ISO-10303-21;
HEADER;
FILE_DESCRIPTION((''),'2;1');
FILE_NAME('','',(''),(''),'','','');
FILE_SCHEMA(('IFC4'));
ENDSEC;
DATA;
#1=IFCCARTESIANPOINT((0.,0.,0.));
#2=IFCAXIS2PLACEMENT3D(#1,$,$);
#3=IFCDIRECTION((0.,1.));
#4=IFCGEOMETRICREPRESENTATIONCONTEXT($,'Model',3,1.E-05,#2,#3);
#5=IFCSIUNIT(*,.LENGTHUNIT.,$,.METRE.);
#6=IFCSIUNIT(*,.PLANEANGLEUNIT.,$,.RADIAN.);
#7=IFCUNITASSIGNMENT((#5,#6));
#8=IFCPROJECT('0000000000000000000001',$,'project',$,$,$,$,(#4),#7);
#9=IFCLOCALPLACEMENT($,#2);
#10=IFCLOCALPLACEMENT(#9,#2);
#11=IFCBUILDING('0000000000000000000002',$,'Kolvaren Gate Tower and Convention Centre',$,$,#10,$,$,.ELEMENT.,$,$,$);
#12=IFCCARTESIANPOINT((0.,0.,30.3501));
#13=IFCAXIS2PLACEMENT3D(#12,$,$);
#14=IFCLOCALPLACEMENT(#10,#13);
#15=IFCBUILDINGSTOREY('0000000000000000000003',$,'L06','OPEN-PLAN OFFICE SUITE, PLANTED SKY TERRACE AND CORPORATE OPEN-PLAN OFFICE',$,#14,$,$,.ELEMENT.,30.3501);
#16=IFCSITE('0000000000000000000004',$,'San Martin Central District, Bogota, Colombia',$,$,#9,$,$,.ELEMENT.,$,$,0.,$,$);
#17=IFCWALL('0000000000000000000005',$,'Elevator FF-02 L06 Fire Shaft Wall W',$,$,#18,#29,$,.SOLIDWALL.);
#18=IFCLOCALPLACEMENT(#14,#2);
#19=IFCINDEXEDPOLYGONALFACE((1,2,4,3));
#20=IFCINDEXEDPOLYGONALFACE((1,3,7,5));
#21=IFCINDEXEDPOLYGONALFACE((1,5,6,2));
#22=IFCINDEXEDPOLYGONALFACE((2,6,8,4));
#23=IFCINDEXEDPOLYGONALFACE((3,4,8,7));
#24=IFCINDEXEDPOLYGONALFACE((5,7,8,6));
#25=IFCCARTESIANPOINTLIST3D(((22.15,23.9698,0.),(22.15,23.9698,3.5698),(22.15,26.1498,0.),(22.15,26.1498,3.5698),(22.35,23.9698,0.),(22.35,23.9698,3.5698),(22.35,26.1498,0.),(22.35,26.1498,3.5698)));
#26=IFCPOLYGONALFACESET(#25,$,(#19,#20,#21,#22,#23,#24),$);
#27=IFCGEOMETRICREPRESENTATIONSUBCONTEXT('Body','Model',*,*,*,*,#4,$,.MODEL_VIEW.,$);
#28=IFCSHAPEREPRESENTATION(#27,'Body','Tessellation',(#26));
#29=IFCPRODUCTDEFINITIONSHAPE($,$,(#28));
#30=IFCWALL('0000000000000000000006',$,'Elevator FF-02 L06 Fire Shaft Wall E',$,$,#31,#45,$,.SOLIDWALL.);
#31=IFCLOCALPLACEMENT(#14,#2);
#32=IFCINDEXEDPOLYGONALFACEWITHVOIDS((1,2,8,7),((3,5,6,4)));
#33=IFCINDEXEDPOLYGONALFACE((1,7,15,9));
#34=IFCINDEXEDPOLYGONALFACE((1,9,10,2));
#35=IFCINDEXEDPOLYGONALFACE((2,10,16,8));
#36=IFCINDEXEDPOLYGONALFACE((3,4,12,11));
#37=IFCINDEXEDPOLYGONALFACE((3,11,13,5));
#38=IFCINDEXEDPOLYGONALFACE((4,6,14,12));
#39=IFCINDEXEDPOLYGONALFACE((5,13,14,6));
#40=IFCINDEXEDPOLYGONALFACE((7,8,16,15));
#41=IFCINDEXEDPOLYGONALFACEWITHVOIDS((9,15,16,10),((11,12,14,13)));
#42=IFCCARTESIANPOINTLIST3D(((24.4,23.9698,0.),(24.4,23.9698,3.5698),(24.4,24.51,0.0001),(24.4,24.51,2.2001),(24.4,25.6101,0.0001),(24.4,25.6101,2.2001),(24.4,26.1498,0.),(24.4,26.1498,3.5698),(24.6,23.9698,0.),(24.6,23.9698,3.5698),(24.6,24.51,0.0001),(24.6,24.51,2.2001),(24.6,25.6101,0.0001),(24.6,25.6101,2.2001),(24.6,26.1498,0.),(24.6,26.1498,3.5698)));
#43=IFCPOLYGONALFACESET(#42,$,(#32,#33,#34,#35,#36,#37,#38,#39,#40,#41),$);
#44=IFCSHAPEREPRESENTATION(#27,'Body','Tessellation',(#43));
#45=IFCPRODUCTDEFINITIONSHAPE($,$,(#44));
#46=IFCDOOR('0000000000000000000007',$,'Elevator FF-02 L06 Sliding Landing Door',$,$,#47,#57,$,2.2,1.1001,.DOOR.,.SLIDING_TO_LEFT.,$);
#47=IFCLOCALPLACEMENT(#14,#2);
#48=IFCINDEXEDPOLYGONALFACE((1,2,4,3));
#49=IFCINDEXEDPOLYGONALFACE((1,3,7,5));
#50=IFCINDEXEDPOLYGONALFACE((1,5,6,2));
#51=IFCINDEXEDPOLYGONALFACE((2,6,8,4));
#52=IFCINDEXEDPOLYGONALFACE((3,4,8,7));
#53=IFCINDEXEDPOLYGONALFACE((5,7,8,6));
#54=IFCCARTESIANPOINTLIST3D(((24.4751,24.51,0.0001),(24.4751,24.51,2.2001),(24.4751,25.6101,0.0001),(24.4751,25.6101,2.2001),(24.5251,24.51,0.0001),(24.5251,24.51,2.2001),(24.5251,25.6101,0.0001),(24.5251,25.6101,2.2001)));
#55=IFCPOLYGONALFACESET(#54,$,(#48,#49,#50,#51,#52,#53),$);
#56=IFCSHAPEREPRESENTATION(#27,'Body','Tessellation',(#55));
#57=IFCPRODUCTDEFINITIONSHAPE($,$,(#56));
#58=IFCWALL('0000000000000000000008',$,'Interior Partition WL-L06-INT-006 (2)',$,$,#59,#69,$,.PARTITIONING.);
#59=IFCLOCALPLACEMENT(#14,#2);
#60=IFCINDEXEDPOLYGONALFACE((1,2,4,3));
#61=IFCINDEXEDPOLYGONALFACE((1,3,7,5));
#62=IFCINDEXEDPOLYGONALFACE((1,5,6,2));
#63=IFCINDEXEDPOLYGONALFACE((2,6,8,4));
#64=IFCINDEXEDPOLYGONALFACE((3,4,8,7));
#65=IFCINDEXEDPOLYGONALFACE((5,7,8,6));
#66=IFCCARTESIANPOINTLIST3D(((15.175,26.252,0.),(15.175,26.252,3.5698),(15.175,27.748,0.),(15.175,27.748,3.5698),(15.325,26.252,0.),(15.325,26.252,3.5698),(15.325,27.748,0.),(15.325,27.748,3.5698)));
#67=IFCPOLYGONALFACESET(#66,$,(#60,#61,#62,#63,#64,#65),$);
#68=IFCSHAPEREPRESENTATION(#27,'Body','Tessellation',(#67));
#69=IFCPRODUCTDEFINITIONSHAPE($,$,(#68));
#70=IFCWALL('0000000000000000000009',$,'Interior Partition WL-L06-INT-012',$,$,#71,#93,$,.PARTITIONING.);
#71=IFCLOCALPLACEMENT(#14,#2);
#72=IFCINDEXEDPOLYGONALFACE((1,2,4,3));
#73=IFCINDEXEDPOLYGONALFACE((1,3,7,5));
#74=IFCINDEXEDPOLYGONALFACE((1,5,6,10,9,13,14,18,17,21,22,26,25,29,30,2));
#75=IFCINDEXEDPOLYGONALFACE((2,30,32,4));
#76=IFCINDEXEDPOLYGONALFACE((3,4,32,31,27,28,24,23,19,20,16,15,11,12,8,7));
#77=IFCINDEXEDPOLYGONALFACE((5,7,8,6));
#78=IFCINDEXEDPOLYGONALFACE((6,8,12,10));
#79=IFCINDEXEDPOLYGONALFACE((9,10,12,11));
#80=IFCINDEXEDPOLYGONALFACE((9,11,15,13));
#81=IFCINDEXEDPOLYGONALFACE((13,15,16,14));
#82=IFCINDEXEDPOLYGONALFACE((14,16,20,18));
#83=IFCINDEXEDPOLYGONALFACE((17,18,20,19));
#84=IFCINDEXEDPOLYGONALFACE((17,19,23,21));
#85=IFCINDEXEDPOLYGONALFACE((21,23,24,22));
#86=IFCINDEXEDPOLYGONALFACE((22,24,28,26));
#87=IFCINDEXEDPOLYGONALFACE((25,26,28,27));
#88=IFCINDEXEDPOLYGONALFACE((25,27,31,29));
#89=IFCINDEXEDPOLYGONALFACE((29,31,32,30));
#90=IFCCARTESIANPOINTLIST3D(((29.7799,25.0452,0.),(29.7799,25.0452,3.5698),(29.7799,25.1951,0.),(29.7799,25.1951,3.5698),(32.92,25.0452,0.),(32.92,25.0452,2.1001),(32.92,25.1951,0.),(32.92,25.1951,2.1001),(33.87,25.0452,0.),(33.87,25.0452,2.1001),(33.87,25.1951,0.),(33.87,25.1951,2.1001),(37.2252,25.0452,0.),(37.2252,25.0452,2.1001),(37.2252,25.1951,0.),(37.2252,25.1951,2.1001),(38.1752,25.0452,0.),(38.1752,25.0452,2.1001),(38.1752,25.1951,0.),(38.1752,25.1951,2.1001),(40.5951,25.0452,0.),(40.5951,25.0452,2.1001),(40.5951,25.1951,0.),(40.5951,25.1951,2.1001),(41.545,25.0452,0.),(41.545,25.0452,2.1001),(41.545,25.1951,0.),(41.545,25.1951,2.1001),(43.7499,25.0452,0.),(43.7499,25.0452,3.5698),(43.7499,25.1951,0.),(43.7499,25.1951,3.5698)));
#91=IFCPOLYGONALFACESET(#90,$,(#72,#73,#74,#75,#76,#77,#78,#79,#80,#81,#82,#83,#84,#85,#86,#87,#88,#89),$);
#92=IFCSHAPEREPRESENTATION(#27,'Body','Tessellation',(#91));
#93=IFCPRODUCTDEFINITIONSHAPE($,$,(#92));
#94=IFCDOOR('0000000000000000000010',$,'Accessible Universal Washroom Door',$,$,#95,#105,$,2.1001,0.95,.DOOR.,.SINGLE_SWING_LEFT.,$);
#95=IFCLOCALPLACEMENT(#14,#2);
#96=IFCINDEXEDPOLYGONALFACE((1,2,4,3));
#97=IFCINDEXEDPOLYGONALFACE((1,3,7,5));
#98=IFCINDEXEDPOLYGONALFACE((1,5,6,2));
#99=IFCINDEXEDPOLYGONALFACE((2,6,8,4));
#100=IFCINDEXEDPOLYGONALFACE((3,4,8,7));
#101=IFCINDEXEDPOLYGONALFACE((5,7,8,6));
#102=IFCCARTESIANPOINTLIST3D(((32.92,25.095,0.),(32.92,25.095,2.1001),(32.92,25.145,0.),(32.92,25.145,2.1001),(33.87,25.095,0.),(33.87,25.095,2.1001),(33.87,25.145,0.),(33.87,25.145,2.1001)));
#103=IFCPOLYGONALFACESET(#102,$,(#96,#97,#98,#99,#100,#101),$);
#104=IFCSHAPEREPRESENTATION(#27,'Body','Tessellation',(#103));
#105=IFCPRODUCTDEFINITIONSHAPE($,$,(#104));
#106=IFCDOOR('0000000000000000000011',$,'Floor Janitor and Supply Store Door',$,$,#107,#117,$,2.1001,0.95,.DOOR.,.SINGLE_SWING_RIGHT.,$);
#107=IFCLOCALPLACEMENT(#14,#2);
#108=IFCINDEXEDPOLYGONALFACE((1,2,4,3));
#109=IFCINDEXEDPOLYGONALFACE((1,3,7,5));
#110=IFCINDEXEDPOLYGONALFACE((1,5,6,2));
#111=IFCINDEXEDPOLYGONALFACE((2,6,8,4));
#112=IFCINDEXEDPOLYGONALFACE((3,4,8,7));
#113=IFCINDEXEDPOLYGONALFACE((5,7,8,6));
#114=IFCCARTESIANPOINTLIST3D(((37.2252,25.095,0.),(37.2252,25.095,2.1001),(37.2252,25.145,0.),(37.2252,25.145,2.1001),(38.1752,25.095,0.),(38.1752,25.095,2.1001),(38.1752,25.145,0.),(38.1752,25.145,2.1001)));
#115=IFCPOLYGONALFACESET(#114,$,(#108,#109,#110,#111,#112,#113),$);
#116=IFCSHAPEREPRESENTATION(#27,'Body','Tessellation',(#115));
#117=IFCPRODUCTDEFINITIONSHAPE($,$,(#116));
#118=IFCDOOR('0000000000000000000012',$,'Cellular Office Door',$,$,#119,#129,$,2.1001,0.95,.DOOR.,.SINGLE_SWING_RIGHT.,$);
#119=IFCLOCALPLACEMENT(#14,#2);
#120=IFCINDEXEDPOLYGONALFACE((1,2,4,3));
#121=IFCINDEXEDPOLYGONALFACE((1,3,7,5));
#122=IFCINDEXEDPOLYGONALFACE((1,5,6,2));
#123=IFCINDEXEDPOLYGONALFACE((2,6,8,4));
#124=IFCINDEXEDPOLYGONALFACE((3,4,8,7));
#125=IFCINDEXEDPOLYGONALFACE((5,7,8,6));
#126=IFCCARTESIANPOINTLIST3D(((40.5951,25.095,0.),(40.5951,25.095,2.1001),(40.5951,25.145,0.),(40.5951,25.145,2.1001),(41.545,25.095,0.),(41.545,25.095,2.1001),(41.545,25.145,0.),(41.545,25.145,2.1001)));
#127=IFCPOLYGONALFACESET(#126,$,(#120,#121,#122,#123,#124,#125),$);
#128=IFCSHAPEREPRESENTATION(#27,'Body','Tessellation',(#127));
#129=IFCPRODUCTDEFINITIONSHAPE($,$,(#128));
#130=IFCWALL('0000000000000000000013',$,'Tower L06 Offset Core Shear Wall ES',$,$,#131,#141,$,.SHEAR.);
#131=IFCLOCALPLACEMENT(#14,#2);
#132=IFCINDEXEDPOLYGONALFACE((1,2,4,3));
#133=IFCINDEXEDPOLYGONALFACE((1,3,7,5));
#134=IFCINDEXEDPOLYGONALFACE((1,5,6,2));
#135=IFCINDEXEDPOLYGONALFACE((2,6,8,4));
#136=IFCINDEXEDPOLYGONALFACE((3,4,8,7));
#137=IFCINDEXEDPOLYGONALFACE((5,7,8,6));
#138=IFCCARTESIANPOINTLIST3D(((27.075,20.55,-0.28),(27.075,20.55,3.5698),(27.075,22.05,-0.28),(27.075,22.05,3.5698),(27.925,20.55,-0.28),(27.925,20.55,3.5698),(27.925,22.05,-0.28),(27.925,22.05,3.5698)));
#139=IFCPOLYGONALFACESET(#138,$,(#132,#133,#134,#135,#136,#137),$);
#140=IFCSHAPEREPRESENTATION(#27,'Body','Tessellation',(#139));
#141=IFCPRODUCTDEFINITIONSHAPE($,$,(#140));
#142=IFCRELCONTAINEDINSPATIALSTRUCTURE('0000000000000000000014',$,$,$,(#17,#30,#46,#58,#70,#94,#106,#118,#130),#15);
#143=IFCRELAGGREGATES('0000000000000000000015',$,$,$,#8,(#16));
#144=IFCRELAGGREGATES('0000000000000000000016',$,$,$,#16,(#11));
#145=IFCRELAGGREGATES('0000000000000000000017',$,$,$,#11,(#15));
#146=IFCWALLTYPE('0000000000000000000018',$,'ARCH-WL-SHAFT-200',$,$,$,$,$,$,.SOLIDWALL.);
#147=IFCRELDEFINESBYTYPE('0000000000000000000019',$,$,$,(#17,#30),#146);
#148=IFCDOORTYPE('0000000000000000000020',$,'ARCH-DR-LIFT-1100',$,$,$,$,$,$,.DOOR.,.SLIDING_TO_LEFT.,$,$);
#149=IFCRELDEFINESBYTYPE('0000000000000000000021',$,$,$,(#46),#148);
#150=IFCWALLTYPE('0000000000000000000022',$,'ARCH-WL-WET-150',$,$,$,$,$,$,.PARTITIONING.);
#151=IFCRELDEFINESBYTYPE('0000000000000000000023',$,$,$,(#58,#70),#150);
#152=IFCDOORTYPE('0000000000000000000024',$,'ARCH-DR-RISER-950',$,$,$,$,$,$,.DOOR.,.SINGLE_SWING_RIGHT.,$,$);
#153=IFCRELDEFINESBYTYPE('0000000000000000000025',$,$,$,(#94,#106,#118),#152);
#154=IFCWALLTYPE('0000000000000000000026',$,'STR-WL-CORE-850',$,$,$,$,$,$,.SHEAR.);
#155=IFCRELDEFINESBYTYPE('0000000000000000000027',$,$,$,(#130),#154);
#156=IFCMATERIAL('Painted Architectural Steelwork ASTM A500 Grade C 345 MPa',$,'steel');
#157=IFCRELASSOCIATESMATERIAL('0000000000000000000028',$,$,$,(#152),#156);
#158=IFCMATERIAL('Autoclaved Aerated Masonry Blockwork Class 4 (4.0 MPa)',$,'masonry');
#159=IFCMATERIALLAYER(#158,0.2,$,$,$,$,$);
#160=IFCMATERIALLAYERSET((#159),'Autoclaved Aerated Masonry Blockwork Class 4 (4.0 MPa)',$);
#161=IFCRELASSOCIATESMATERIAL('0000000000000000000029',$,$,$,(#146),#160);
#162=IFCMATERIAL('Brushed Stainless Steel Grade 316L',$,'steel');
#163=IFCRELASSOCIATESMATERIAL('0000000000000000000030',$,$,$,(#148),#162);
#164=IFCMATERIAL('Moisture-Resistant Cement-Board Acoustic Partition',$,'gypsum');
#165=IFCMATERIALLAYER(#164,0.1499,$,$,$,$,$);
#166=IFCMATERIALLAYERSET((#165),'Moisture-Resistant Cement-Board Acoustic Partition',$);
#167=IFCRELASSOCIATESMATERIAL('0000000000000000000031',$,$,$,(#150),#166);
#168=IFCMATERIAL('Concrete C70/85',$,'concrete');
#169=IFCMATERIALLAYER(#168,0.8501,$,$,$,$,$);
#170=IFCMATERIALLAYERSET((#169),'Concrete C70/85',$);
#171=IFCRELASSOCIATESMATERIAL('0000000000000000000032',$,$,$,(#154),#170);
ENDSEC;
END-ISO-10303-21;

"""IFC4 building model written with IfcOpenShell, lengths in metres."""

from ifc_helpers import new_model, si_unit, direction, frame, frame_2d, origin, place, context, subcontext, project, spatial, rectangle, extrude, material, layer, layer_set, type_object, element, fill, save


model = new_model("IFC4")

# Units and contexts
model_context = context("Model", 3, precision=1e-05, world=origin(), true_north=direction((0.0, 1.0)))
body_context = subcontext(model_context, "Body", "Model", "MODEL_VIEW")
ifc_project = project(units=[si_unit("LENGTHUNIT", "METRE"), si_unit("PLANEANGLEUNIT", "RADIAN")], contexts=[model_context])

# Site, building, storey
site_placement = place(None, origin())
site = spatial("IfcSite", under=ifc_project, at=site_placement, Name="San Martin Central District, Bogota, Colombia", CompositionType="ELEMENT", RefElevation=0.0)
building_placement = place(site_placement, origin())
building = spatial("IfcBuilding", under=site, at=building_placement, Name="Kolvaren Gate Tower and Convention Centre", CompositionType="ELEMENT")
storey_placement = place(building_placement, frame((0.0, 0.0, 30.3501)))
storey = spatial("IfcBuildingStorey", under=building, at=storey_placement, Name="L06", Description="OPEN-PLAN OFFICE SUITE, PLANTED SKY TERRACE AND CORPORATE OPEN-PLAN OFFICE", CompositionType="ELEMENT", Elevation=30.3501)

# Shared definitions
ifc_material_1 = material(Name="Autoclaved Aerated Masonry Blockwork Class 4 (4.0 MPa)", Category="masonry")

# Shared definitions
ifc_material_2 = material(Name="Painted Architectural Steelwork ASTM A500 Grade C 345 MPa", Category="steel")
door_type_1 = type_object("IfcDoorType", Name="ARCH-DR-RISER-950", OperationType="SINGLE_SWING_RIGHT", PredefinedType="DOOR", material=ifc_material_2)

# Wall
ifc_layer_1 = layer(ifc_material_1, 0.2)
ifc_layer_set_1 = layer_set([ifc_layer_1], Name="Autoclaved Aerated Masonry Blockwork Class 4 (4.0 MPa)")
wall_type_1 = type_object("IfcWallType", Name="ARCH-WL-SHAFT-200", PredefinedType="SOLIDWALL", material=ifc_layer_set_1)
wall_1_placement = place(storey_placement, frame((22.25, 23.97, 0.0), z_axis=(0.0, 0.0, 1.0), x_axis=(0.0, 1.0, 0.0)))
element("IfcWall", 1, at=wall_1_placement, inside=storey, type_object=wall_type_1, Name="Elevator FF-02 L06 Fire Shaft Wall W", PredefinedType="SOLIDWALL", context=body_context, shape_type="SweptSolid", body=[
    extrude(rectangle(XDim=2.1799, YDim=0.2, at=frame_2d((1.0898, 0.0))), origin(), (0.0, 0.0, 1.0), 3.5698),
])

# Wall, opening, door
wall_2_placement = place(storey_placement, frame((24.5, 23.97, 0.0), z_axis=(0.0, 0.0, 1.0), x_axis=(0.0, 1.0, 0.0)))
wall_2 = element("IfcWall", 2, at=wall_2_placement, inside=storey, type_object=wall_type_1, Name="Elevator FF-02 L06 Fire Shaft Wall E", PredefinedType="SOLIDWALL", context=body_context, shape_type="SweptSolid", body=[
    extrude(rectangle(XDim=2.1799, YDim=0.2, at=frame_2d((1.0898, 0.0))), origin(), (0.0, 0.0, 1.0), 3.5698),
])
opening_1_placement = place(wall_2_placement, frame((0.54, 0.0, 0.0)))
opening_1 = element("IfcOpeningElement", 3, at=opening_1_placement, cuts=wall_2, PredefinedType="OPENING", context=body_context, shape_type="SweptSolid", body=[
    extrude(rectangle(XDim=1.1001, YDim=2.2, at=frame_2d((0.55, 1.1001))), frame((0.0, 0.1099, 0.0), z_axis=(0.0, -1.0, 0.0), x_axis=(1.0, 0.0, 0.0)), (0.0, 0.0, 1.0), 0.22),
])
ifc_material_3 = material(Name="Brushed Stainless Steel Grade 316L", Category="steel")
door_type_2 = type_object("IfcDoorType", Name="ARCH-DR-LIFT-1100", OperationType="SLIDING_TO_LEFT", PredefinedType="DOOR", material=ifc_material_3)
door_1_placement = place(opening_1_placement, origin())
door_1 = element("IfcDoor", 4, at=door_1_placement, inside=storey, type_object=door_type_2, Name="Elevator FF-02 L06 Sliding Landing Door", OperationType="SLIDING_TO_LEFT", OverallHeight=2.2, OverallWidth=1.1001, PredefinedType="DOOR", context=body_context, shape_type="SweptSolid", body=[
    extrude(rectangle(XDim=1.1001, YDim=2.2, at=frame_2d((0.55, 1.1001))), frame((0.0, 0.0249, 0.0), z_axis=(0.0, -1.0, 0.0), x_axis=(1.0, 0.0, 0.0)), (0.0, 0.0, 1.0), 0.05),
])
fill(opening_1, door_1)

# Wall
ifc_material_4 = material(Name="Moisture-Resistant Cement-Board Acoustic Partition", Category="gypsum")
ifc_layer_2 = layer(ifc_material_4, 0.1499)
ifc_layer_set_2 = layer_set([ifc_layer_2], Name="Moisture-Resistant Cement-Board Acoustic Partition")
wall_type_2 = type_object("IfcWallType", Name="ARCH-WL-WET-150", PredefinedType="PARTITIONING", material=ifc_layer_set_2)
wall_3_placement = place(storey_placement, frame((15.25, 26.252, 0.0), z_axis=(0.0, 0.0, 1.0), x_axis=(0.0, 1.0, 0.0)))
element("IfcWall", 5, at=wall_3_placement, inside=storey, type_object=wall_type_2, Name="Interior Partition WL-L06-INT-006 (2)", PredefinedType="PARTITIONING", context=body_context, shape_type="SweptSolid", body=[
    extrude(rectangle(XDim=1.4961, YDim=0.1499, at=frame_2d((0.748, 0.0))), origin(), (0.0, 0.0, 1.0), 3.5698),
])

# Wall, openings, doors
wall_4_placement = place(storey_placement, frame((29.78, 25.1201, 0.0), z_axis=(0.0, 0.0, 1.0), x_axis=(1.0, 0.0, 0.0)))
wall_4 = element("IfcWall", 6, at=wall_4_placement, inside=storey, type_object=wall_type_2, Name="Interior Partition WL-L06-INT-012", PredefinedType="PARTITIONING", context=body_context, shape_type="SweptSolid", body=[
    extrude(rectangle(XDim=13.97, YDim=0.1499, at=frame_2d((6.9849, 0.0))), origin(), (0.0, 0.0, 1.0), 3.5698),
])
opening_2_placement = place(wall_4_placement, frame((3.1399, 0.0, 0.0)))
opening_2 = element("IfcOpeningElement", 7, at=opening_2_placement, cuts=wall_4, PredefinedType="OPENING", context=body_context, shape_type="SweptSolid", body=[
    extrude(rectangle(XDim=0.95, YDim=2.1001, at=frame_2d((0.4751, 1.05))), frame((0.0, 0.085, 0.0), z_axis=(0.0, -1.0, 0.0), x_axis=(1.0, 0.0, 0.0)), (0.0, 0.0, 1.0), 0.1699),
])
opening_3_placement = place(wall_4_placement, frame((7.4451, 0.0, 0.0)))
opening_3 = element("IfcOpeningElement", 8, at=opening_3_placement, cuts=wall_4, PredefinedType="OPENING", context=body_context, shape_type="SweptSolid", body=[
    extrude(rectangle(XDim=0.95, YDim=2.1001, at=frame_2d((0.4751, 1.05))), frame((0.0, 0.085, 0.0), z_axis=(0.0, -1.0, 0.0), x_axis=(1.0, 0.0, 0.0)), (0.0, 0.0, 1.0), 0.1699),
])
opening_4_placement = place(wall_4_placement, frame((10.8149, 0.0, 0.0)))
opening_4 = element("IfcOpeningElement", 9, at=opening_4_placement, cuts=wall_4, PredefinedType="OPENING", context=body_context, shape_type="SweptSolid", body=[
    extrude(rectangle(XDim=0.95, YDim=2.1001, at=frame_2d((0.4751, 1.05))), frame((0.0, 0.085, 0.0), z_axis=(0.0, -1.0, 0.0), x_axis=(1.0, 0.0, 0.0)), (0.0, 0.0, 1.0), 0.1699),
])
door_2_placement = place(opening_2_placement, origin())
door_2 = element("IfcDoor", 10, at=door_2_placement, inside=storey, type_object=door_type_1, Name="Accessible Universal Washroom Door", OperationType="SINGLE_SWING_LEFT", OverallHeight=2.1001, OverallWidth=0.95, PredefinedType="DOOR", context=body_context, shape_type="SweptSolid", body=[
    extrude(rectangle(XDim=0.95, YDim=2.1001, at=frame_2d((0.4751, 1.05))), frame((0.0, 0.0249, 0.0), z_axis=(0.0, -1.0, 0.0), x_axis=(1.0, 0.0, 0.0)), (0.0, 0.0, 1.0), 0.05),
])
fill(opening_2, door_2)
door_3_placement = place(opening_3_placement, origin())
door_3 = element("IfcDoor", 11, at=door_3_placement, inside=storey, type_object=door_type_1, Name="Floor Janitor and Supply Store Door", OperationType="SINGLE_SWING_RIGHT", OverallHeight=2.1001, OverallWidth=0.95, PredefinedType="DOOR", context=body_context, shape_type="SweptSolid", body=[
    extrude(rectangle(XDim=0.95, YDim=2.1001, at=frame_2d((0.4751, 1.05))), frame((0.0, 0.0249, 0.0), z_axis=(0.0, -1.0, 0.0), x_axis=(1.0, 0.0, 0.0)), (0.0, 0.0, 1.0), 0.05),
])
fill(opening_3, door_3)
door_4_placement = place(opening_4_placement, origin())
door_4 = element("IfcDoor", 12, at=door_4_placement, inside=storey, type_object=door_type_1, Name="Cellular Office Door", OperationType="SINGLE_SWING_RIGHT", OverallHeight=2.1001, OverallWidth=0.95, PredefinedType="DOOR", context=body_context, shape_type="SweptSolid", body=[
    extrude(rectangle(XDim=0.95, YDim=2.1001, at=frame_2d((0.4751, 1.05))), frame((0.0, 0.0249, 0.0), z_axis=(0.0, -1.0, 0.0), x_axis=(1.0, 0.0, 0.0)), (0.0, 0.0, 1.0), 0.05),
])
fill(opening_4, door_4)

# Wall
ifc_material_5 = material(Name="Concrete C70/85", Category="concrete")
ifc_layer_3 = layer(ifc_material_5, 0.8501)
ifc_layer_set_3 = layer_set([ifc_layer_3], Name="Concrete C70/85")
wall_type_3 = type_object("IfcWallType", Name="STR-WL-CORE-850", PredefinedType="SHEAR", material=ifc_layer_set_3)
wall_5_placement = place(storey_placement, frame((27.5, 20.55, -0.28), z_axis=(0.0, 0.0, 1.0), x_axis=(0.0, 1.0, 0.0)))
element("IfcWall", 13, at=wall_5_placement, inside=storey, type_object=wall_type_3, Name="Tower L06 Offset Core Shear Wall ES", PredefinedType="SHEAR", context=body_context, shape_type="SweptSolid", body=[
    extrude(rectangle(XDim=1.5, YDim=0.8501, at=frame_2d((0.75, 0.0))), origin(), (0.0, 0.0, 1.0), 3.8499),
])

save(model, "model.ifc")
